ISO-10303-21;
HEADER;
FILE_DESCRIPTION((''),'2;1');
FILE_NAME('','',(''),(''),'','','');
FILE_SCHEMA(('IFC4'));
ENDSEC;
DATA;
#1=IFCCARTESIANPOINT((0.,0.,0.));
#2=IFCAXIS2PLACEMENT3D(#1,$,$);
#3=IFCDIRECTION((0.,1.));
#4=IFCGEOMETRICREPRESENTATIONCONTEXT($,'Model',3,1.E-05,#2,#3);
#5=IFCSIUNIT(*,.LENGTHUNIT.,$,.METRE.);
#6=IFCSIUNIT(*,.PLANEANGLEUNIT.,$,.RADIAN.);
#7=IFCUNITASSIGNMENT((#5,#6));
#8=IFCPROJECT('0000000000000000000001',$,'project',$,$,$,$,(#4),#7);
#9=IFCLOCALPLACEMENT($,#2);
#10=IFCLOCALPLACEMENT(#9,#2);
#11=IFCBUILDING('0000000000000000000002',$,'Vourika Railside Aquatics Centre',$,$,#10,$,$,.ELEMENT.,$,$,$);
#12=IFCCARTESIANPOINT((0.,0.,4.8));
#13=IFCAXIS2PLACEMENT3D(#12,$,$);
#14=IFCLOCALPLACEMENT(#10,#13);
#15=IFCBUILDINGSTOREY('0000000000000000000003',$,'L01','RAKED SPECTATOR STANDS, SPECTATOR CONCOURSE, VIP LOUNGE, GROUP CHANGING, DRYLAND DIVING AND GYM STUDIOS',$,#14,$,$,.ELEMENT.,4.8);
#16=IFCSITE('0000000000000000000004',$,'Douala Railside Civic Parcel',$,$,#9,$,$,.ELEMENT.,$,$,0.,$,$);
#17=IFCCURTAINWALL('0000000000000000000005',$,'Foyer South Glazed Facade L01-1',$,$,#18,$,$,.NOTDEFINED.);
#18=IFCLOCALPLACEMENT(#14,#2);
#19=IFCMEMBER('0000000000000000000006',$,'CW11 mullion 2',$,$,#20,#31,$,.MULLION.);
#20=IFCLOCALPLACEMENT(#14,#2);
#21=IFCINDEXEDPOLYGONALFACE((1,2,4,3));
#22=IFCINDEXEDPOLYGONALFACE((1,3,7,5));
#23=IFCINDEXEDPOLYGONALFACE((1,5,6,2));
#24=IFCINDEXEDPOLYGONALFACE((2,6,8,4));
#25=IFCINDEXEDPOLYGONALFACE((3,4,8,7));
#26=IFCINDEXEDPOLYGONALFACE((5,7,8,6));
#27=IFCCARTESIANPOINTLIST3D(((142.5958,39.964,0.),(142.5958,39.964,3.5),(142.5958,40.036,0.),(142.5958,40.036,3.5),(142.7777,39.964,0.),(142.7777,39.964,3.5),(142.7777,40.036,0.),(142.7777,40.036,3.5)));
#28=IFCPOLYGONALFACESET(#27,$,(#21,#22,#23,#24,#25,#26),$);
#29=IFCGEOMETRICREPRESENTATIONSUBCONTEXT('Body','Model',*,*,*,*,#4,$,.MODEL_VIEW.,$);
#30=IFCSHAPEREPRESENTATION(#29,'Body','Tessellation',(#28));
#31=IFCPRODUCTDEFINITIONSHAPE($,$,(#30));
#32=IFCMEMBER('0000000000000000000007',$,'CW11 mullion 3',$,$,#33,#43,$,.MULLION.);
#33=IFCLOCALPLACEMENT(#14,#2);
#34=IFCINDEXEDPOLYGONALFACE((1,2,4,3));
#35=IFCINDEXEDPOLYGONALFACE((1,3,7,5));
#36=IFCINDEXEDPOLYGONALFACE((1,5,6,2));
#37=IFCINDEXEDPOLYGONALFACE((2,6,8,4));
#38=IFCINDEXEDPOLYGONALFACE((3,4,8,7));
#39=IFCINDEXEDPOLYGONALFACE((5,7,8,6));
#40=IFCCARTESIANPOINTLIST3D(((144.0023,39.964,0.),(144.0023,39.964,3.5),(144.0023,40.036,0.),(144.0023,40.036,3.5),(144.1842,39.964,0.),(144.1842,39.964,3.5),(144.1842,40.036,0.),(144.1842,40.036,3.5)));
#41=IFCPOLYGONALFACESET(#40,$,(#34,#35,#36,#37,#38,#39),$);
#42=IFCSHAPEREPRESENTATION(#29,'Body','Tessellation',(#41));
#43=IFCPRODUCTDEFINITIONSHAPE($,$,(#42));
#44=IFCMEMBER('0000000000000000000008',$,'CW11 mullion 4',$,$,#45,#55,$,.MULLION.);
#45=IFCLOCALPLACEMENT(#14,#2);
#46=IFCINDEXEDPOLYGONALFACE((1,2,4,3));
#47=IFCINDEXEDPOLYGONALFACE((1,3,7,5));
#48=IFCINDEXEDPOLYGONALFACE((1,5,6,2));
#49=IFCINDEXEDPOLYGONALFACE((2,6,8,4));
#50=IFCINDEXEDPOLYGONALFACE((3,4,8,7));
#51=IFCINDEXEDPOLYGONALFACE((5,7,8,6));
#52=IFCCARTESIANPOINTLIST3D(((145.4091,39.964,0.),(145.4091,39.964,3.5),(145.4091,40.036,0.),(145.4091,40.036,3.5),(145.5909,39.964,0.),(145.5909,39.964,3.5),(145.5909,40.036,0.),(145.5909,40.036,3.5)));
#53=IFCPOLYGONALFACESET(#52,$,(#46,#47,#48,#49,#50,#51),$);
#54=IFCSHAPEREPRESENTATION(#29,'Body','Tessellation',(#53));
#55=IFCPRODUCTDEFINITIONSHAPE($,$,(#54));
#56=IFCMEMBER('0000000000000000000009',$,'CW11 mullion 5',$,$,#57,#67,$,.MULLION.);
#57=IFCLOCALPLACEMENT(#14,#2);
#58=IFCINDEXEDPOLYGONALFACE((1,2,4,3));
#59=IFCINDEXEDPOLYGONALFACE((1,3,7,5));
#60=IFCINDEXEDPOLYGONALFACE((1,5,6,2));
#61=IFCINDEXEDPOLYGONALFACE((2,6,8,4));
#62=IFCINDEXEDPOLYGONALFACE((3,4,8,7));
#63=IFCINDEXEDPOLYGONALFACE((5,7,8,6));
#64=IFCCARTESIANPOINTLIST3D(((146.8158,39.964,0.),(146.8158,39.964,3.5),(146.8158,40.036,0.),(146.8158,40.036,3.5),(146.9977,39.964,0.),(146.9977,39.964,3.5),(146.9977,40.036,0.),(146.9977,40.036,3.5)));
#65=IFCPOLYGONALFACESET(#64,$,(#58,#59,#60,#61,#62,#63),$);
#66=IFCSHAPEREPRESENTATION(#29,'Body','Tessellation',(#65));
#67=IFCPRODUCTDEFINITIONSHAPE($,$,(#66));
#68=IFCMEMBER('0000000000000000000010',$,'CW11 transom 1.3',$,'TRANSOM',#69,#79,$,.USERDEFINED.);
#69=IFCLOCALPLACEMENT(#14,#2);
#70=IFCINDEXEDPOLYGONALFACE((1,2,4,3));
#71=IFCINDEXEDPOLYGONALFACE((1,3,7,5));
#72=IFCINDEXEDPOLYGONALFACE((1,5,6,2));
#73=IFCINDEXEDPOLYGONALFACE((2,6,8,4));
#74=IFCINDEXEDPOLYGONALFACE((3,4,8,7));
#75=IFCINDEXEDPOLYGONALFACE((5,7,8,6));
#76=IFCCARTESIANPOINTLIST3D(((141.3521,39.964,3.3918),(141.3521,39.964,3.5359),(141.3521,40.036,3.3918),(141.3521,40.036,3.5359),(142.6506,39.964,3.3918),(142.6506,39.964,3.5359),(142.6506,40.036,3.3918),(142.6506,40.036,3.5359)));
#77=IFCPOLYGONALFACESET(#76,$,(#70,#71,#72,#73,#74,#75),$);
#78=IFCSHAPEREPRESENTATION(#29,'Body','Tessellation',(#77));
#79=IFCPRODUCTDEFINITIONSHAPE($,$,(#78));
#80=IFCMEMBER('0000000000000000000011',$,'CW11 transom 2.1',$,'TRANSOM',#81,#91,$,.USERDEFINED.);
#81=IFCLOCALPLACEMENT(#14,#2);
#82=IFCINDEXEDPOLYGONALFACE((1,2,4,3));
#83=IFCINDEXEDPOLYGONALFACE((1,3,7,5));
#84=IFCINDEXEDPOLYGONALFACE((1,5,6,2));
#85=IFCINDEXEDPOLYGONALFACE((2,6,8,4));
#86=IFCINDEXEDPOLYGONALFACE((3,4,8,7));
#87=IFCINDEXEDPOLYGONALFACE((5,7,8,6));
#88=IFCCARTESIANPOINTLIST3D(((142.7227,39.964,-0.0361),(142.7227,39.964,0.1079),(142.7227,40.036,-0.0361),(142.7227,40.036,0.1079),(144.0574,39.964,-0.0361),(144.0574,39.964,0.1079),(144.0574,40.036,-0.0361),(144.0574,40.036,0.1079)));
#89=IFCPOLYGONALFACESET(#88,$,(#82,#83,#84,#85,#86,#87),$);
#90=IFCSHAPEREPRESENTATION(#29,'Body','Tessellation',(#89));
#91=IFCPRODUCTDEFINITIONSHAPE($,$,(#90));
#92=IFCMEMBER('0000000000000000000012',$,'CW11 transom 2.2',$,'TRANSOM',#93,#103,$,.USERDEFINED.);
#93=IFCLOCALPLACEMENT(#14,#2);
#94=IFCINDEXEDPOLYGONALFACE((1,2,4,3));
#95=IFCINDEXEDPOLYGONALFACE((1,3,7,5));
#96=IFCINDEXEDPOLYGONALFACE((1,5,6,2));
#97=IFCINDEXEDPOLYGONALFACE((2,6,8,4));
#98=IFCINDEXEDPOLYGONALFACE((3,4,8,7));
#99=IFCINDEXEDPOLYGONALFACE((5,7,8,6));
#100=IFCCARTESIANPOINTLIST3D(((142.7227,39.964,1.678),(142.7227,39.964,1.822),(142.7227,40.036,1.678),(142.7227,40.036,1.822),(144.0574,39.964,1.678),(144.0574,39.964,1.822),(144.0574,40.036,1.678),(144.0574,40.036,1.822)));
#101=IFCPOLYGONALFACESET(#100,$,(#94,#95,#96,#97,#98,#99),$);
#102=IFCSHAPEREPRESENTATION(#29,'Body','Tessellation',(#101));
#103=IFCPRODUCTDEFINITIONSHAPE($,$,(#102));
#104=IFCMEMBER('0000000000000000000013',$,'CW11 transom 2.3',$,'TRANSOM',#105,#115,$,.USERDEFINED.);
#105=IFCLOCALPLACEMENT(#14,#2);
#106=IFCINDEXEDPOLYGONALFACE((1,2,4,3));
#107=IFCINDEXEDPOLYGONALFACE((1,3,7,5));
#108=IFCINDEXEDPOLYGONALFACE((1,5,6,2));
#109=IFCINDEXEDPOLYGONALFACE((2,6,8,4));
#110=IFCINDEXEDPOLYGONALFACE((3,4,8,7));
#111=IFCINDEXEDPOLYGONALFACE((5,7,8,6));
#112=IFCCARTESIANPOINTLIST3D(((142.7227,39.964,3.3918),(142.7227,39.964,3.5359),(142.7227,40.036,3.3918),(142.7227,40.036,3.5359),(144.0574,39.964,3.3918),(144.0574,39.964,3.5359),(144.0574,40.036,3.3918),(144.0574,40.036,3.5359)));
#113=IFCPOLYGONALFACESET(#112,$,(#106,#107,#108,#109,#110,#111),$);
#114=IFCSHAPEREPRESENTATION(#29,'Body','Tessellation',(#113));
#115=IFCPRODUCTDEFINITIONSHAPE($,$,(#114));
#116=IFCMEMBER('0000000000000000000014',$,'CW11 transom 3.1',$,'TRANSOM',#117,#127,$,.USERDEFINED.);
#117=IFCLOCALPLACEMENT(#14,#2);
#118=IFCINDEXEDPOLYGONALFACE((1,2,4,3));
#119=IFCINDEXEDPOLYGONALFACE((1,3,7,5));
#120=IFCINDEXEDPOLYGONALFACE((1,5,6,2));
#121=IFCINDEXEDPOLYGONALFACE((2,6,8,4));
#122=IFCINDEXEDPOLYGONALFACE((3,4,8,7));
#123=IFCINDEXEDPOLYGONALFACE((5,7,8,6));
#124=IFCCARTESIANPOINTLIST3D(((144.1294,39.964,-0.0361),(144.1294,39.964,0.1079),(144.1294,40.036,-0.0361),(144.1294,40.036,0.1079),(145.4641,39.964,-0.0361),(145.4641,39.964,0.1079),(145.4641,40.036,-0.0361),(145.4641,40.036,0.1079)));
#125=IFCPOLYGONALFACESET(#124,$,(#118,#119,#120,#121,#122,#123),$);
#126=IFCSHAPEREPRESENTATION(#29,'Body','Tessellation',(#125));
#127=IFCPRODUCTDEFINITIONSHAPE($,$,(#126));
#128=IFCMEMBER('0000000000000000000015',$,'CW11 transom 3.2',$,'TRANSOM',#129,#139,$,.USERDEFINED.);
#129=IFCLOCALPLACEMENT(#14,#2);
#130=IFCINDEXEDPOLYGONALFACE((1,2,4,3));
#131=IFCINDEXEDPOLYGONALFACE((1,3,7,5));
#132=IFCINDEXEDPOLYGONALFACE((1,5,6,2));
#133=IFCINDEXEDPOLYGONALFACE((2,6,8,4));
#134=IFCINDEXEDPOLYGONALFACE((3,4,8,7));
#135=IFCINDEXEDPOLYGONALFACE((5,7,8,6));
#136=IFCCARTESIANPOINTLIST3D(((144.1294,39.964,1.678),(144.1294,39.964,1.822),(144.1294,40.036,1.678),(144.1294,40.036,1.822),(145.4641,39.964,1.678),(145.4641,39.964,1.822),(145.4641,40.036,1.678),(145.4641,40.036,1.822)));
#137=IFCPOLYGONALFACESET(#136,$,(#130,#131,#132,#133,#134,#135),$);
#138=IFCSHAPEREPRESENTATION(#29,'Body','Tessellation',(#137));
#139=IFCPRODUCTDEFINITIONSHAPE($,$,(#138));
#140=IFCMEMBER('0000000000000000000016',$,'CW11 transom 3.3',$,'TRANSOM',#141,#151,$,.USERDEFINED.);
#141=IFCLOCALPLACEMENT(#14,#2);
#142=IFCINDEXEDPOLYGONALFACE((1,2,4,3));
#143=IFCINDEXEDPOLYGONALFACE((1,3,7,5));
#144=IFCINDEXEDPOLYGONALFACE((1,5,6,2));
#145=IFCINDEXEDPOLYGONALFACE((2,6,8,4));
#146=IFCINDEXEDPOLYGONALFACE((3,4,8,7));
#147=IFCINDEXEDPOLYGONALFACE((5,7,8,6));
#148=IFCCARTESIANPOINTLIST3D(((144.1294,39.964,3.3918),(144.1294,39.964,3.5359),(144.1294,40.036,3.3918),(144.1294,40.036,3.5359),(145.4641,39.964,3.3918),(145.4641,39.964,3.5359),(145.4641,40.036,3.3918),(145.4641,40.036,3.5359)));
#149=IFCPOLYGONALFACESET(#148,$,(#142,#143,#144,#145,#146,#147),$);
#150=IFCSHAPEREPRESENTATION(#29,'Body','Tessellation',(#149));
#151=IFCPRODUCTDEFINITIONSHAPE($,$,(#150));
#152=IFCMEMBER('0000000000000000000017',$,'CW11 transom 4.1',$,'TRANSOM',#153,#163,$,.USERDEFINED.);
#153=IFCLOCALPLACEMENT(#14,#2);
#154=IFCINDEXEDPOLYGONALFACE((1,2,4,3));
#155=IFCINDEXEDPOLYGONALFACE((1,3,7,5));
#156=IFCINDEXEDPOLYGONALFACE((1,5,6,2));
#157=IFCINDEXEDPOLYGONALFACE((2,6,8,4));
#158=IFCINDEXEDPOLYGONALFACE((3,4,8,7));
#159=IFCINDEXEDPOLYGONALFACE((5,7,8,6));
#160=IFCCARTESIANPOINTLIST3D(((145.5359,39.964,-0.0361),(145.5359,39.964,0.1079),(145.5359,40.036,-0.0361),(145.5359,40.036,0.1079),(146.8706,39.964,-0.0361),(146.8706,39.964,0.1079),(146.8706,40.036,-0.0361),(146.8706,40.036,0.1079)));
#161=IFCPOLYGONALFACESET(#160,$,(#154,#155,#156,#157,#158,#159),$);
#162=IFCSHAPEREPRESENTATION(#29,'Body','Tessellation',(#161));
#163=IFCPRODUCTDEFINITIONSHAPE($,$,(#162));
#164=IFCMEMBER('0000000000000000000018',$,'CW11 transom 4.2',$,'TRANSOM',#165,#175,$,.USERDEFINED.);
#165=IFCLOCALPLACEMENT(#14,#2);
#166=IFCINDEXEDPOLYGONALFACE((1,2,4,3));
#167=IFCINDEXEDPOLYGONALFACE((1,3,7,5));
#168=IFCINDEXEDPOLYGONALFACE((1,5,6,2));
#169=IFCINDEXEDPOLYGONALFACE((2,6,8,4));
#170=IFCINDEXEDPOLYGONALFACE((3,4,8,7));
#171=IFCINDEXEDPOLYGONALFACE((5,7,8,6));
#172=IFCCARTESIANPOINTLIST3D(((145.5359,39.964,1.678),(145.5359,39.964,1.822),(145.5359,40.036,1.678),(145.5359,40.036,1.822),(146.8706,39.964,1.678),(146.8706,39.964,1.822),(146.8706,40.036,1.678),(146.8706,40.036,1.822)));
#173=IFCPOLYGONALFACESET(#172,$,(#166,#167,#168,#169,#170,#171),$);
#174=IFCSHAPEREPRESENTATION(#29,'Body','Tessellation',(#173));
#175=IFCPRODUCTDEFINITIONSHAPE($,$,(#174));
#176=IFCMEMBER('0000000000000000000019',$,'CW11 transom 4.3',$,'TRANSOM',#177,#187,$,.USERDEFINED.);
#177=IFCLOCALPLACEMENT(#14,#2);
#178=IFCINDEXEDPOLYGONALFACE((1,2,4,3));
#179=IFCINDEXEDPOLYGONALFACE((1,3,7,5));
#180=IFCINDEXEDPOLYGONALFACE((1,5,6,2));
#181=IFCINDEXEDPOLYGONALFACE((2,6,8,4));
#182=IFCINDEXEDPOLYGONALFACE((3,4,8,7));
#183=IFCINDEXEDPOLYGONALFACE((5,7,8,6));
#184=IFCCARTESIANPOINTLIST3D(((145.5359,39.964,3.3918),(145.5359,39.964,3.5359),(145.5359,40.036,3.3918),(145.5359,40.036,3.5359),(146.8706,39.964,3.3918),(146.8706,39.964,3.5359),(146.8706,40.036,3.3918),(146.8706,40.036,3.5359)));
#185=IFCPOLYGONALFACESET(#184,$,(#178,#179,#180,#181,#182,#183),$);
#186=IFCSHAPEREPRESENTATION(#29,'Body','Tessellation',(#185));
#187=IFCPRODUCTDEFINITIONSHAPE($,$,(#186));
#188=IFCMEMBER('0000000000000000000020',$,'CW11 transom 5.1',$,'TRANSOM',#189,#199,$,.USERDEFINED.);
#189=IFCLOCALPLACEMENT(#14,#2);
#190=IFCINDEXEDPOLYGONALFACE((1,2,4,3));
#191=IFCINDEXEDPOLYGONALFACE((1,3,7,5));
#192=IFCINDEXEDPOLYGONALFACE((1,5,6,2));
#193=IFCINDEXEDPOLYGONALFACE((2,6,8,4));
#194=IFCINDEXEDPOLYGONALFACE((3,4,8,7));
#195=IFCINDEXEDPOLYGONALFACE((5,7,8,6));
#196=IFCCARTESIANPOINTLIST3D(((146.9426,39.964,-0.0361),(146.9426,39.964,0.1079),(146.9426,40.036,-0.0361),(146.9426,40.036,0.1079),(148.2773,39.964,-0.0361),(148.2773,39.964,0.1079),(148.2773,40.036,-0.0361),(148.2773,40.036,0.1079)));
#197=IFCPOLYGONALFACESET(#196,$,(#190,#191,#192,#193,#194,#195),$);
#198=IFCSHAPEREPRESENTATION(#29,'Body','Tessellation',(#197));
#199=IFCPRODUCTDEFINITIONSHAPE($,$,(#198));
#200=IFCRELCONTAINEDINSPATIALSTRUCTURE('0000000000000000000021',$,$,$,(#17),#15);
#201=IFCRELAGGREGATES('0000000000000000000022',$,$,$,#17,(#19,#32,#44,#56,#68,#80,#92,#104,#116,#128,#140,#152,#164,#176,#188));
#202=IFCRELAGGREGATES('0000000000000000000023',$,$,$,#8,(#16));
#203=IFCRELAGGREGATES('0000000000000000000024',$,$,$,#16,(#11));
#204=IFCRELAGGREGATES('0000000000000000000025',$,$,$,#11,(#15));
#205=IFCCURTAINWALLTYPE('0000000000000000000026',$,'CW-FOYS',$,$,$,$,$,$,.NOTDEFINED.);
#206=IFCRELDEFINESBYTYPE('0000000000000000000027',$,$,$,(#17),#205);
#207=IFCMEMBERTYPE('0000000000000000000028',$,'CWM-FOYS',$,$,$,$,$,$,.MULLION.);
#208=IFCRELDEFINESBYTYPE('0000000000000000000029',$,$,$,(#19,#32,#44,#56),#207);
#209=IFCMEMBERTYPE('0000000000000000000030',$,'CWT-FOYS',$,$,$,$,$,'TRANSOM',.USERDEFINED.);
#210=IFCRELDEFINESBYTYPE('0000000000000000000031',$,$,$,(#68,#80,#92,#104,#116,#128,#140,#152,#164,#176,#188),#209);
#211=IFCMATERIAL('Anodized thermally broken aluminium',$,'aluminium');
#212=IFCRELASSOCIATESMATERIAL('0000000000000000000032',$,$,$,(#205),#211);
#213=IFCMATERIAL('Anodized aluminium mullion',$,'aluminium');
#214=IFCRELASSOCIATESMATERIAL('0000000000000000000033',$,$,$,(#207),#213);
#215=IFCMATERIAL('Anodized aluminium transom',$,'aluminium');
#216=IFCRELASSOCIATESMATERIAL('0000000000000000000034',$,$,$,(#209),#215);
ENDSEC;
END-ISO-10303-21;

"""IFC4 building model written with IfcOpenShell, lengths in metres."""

from ifc_helpers import new_model, si_unit, direction, frame, origin, origin_2d, place, context, subcontext, project, spatial, rectangle, extrude, material, material_profile, profile_set, type_object, element, aggregate, save


model = new_model("IFC4")

# Units and contexts
model_context = context("Model", 3, precision=1e-05, world=origin(), true_north=direction((0.0, 1.0)))
body_context = subcontext(model_context, "Body", "Model", "MODEL_VIEW")
ifc_project = project(units=[si_unit("LENGTHUNIT", "METRE"), si_unit("PLANEANGLEUNIT", "RADIAN")], contexts=[model_context])

# Site, building, storey
site_placement = place(None, origin())
site = spatial("IfcSite", under=ifc_project, at=site_placement, Name="Douala Railside Civic Parcel", CompositionType="ELEMENT", RefElevation=0.0)
building_placement = place(site_placement, origin())
building = spatial("IfcBuilding", under=site, at=building_placement, Name="Vourika Railside Aquatics Centre", CompositionType="ELEMENT")
storey_placement = place(building_placement, frame((0.0, 0.0, 4.8)))
storey = spatial("IfcBuildingStorey", under=building, at=storey_placement, Name="L01", Description="RAKED SPECTATOR STANDS, SPECTATOR CONCOURSE, VIP LOUNGE, GROUP CHANGING, DRYLAND DIVING AND GYM STUDIOS", CompositionType="ELEMENT", Elevation=4.8)

# Curtain wall, members
ifc_material_1 = material(Name="Anodized thermally broken aluminium", Category="aluminium")
curtain_wall_type = type_object("IfcCurtainWallType", Name="CW-FOYS", PredefinedType="NOTDEFINED", material=ifc_material_1)
curtain_wall_placement = place(storey_placement, origin())
curtain_wall = element("IfcCurtainWall", 1, at=curtain_wall_placement, inside=storey, type_object=curtain_wall_type, Name="Foyer South Glazed Facade L01-1", PredefinedType="NOTDEFINED")
ifc_material_2 = material(Name="Anodized aluminium mullion", Category="aluminium")
ifc_material_profile_1 = material_profile(ifc_material_2, rectangle(XDim=0.072, YDim=0.1819, at=origin_2d()), Name="ALU-M 72x182")
ifc_profile_set_1 = profile_set([ifc_material_profile_1], Name="Anodized aluminium mullion")
member_type_1 = type_object("IfcMemberType", Name="CWM-FOYS", PredefinedType="MULLION", material=ifc_profile_set_1)
member_1_placement = place(storey_placement, frame((142.6868, 40.0, 0.0), z_axis=(0.0, 0.0, 1.0), x_axis=(0.0, 1.0, 0.0)))
member_1 = element("IfcMember", 2, at=member_1_placement, type_object=member_type_1, Name="CW11 mullion 2", PredefinedType="MULLION", context=body_context, shape_type="SweptSolid", body=[
    extrude(rectangle(XDim=0.072, YDim=0.1819, at=origin_2d()), origin(), (0.0, 0.0, 1.0), 3.5),
])
member_2_placement = place(storey_placement, frame((144.0933, 40.0, 0.0), z_axis=(0.0, 0.0, 1.0), x_axis=(0.0, 1.0, 0.0)))
member_2 = element("IfcMember", 3, at=member_2_placement, type_object=member_type_1, Name="CW11 mullion 3", PredefinedType="MULLION", context=body_context, shape_type="SweptSolid", body=[
    extrude(rectangle(XDim=0.072, YDim=0.1819, at=origin_2d()), origin(), (0.0, 0.0, 1.0), 3.5),
])
member_3_placement = place(storey_placement, frame((145.5, 40.0, 0.0), z_axis=(0.0, 0.0, 1.0), x_axis=(0.0, 1.0, 0.0)))
member_3 = element("IfcMember", 4, at=member_3_placement, type_object=member_type_1, Name="CW11 mullion 4", PredefinedType="MULLION", context=body_context, shape_type="SweptSolid", body=[
    extrude(rectangle(XDim=0.072, YDim=0.1819, at=origin_2d()), origin(), (0.0, 0.0, 1.0), 3.5),
])
member_4_placement = place(storey_placement, frame((146.9067, 40.0, 0.0), z_axis=(0.0, 0.0, 1.0), x_axis=(0.0, 1.0, 0.0)))
member_4 = element("IfcMember", 5, at=member_4_placement, type_object=member_type_1, Name="CW11 mullion 5", PredefinedType="MULLION", context=body_context, shape_type="SweptSolid", body=[
    extrude(rectangle(XDim=0.072, YDim=0.1819, at=origin_2d()), origin(), (0.0, 0.0, 1.0), 3.5),
])
ifc_material_3 = material(Name="Anodized aluminium transom", Category="aluminium")
ifc_material_profile_2 = material_profile(ifc_material_3, rectangle(XDim=0.072, YDim=0.144, at=origin_2d()), Name="ALU-T 72x144")
ifc_profile_set_2 = profile_set([ifc_material_profile_2], Name="Anodized aluminium transom")
member_type_2 = type_object("IfcMemberType", Name="CWT-FOYS", ElementType="TRANSOM", PredefinedType="USERDEFINED", material=ifc_profile_set_2)
member_5_placement = place(storey_placement, frame((141.3521, 40.0, 3.4639), z_axis=(1.0, 0.0, 0.0), x_axis=(0.0, 1.0, 0.0)))
member_5 = element("IfcMember", 6, at=member_5_placement, type_object=member_type_2, Name="CW11 transom 1.3", ObjectType="TRANSOM", PredefinedType="USERDEFINED", context=body_context, shape_type="SweptSolid", body=[
    extrude(rectangle(XDim=0.072, YDim=0.144, at=origin_2d()), origin(), (0.0, 0.0, 1.0), 1.2986),
])
member_6_placement = place(storey_placement, frame((142.7227, 40.0, 0.0359), z_axis=(1.0, 0.0, 0.0), x_axis=(0.0, 1.0, 0.0)))
member_6 = element("IfcMember", 7, at=member_6_placement, type_object=member_type_2, Name="CW11 transom 2.1", ObjectType="TRANSOM", PredefinedType="USERDEFINED", context=body_context, shape_type="SweptSolid", body=[
    extrude(rectangle(XDim=0.072, YDim=0.144, at=origin_2d()), origin(), (0.0, 0.0, 1.0), 1.3347),
])
member_7_placement = place(storey_placement, frame((142.7227, 40.0, 1.75), z_axis=(1.0, 0.0, 0.0), x_axis=(0.0, 1.0, 0.0)))
member_7 = element("IfcMember", 8, at=member_7_placement, type_object=member_type_2, Name="CW11 transom 2.2", ObjectType="TRANSOM", PredefinedType="USERDEFINED", context=body_context, shape_type="SweptSolid", body=[
    extrude(rectangle(XDim=0.072, YDim=0.144, at=origin_2d()), origin(), (0.0, 0.0, 1.0), 1.3347),
])
member_8_placement = place(storey_placement, frame((142.7227, 40.0, 3.4639), z_axis=(1.0, 0.0, 0.0), x_axis=(0.0, 1.0, 0.0)))
member_8 = element("IfcMember", 9, at=member_8_placement, type_object=member_type_2, Name="CW11 transom 2.3", ObjectType="TRANSOM", PredefinedType="USERDEFINED", context=body_context, shape_type="SweptSolid", body=[
    extrude(rectangle(XDim=0.072, YDim=0.144, at=origin_2d()), origin(), (0.0, 0.0, 1.0), 1.3347),
])
member_9_placement = place(storey_placement, frame((144.1294, 40.0, 0.0359), z_axis=(1.0, 0.0, 0.0), x_axis=(0.0, 1.0, 0.0)))
member_9 = element("IfcMember", 10, at=member_9_placement, type_object=member_type_2, Name="CW11 transom 3.1", ObjectType="TRANSOM", PredefinedType="USERDEFINED", context=body_context, shape_type="SweptSolid", body=[
    extrude(rectangle(XDim=0.072, YDim=0.144, at=origin_2d()), origin(), (0.0, 0.0, 1.0), 1.3347),
])
member_10_placement = place(storey_placement, frame((144.1294, 40.0, 1.75), z_axis=(1.0, 0.0, 0.0), x_axis=(0.0, 1.0, 0.0)))
member_10 = element("IfcMember", 11, at=member_10_placement, type_object=member_type_2, Name="CW11 transom 3.2", ObjectType="TRANSOM", PredefinedType="USERDEFINED", context=body_context, shape_type="SweptSolid", body=[
    extrude(rectangle(XDim=0.072, YDim=0.144, at=origin_2d()), origin(), (0.0, 0.0, 1.0), 1.3347),
])
member_11_placement = place(storey_placement, frame((144.1294, 40.0, 3.4639), z_axis=(1.0, 0.0, 0.0), x_axis=(0.0, 1.0, 0.0)))
member_11 = element("IfcMember", 12, at=member_11_placement, type_object=member_type_2, Name="CW11 transom 3.3", ObjectType="TRANSOM", PredefinedType="USERDEFINED", context=body_context, shape_type="SweptSolid", body=[
    extrude(rectangle(XDim=0.072, YDim=0.144, at=origin_2d()), origin(), (0.0, 0.0, 1.0), 1.3347),
])
member_12_placement = place(storey_placement, frame((145.5359, 40.0, 0.0359), z_axis=(1.0, 0.0, 0.0), x_axis=(0.0, 1.0, 0.0)))
member_12 = element("IfcMember", 13, at=member_12_placement, type_object=member_type_2, Name="CW11 transom 4.1", ObjectType="TRANSOM", PredefinedType="USERDEFINED", context=body_context, shape_type="SweptSolid", body=[
    extrude(rectangle(XDim=0.072, YDim=0.144, at=origin_2d()), origin(), (0.0, 0.0, 1.0), 1.3347),
])
member_13_placement = place(storey_placement, frame((145.5359, 40.0, 1.75), z_axis=(1.0, 0.0, 0.0), x_axis=(0.0, 1.0, 0.0)))
member_13 = element("IfcMember", 14, at=member_13_placement, type_object=member_type_2, Name="CW11 transom 4.2", ObjectType="TRANSOM", PredefinedType="USERDEFINED", context=body_context, shape_type="SweptSolid", body=[
    extrude(rectangle(XDim=0.072, YDim=0.144, at=origin_2d()), origin(), (0.0, 0.0, 1.0), 1.3347),
])
member_14_placement = place(storey_placement, frame((145.5359, 40.0, 3.4639), z_axis=(1.0, 0.0, 0.0), x_axis=(0.0, 1.0, 0.0)))
member_14 = element("IfcMember", 15, at=member_14_placement, type_object=member_type_2, Name="CW11 transom 4.3", ObjectType="TRANSOM", PredefinedType="USERDEFINED", context=body_context, shape_type="SweptSolid", body=[
    extrude(rectangle(XDim=0.072, YDim=0.144, at=origin_2d()), origin(), (0.0, 0.0, 1.0), 1.3347),
])
member_15_placement = place(storey_placement, frame((146.9426, 40.0, 0.0359), z_axis=(1.0, 0.0, 0.0), x_axis=(0.0, 1.0, 0.0)))
member_15 = element("IfcMember", 16, at=member_15_placement, type_object=member_type_2, Name="CW11 transom 5.1", ObjectType="TRANSOM", PredefinedType="USERDEFINED", context=body_context, shape_type="SweptSolid", body=[
    extrude(rectangle(XDim=0.072, YDim=0.144, at=origin_2d()), origin(), (0.0, 0.0, 1.0), 1.3347),
])
aggregate(curtain_wall, [member_1, member_2, member_3, member_4, member_5, member_6, member_7, member_8, member_9, member_10, member_11, member_12, member_13, member_14, member_15])

save(model, "model.ifc")
